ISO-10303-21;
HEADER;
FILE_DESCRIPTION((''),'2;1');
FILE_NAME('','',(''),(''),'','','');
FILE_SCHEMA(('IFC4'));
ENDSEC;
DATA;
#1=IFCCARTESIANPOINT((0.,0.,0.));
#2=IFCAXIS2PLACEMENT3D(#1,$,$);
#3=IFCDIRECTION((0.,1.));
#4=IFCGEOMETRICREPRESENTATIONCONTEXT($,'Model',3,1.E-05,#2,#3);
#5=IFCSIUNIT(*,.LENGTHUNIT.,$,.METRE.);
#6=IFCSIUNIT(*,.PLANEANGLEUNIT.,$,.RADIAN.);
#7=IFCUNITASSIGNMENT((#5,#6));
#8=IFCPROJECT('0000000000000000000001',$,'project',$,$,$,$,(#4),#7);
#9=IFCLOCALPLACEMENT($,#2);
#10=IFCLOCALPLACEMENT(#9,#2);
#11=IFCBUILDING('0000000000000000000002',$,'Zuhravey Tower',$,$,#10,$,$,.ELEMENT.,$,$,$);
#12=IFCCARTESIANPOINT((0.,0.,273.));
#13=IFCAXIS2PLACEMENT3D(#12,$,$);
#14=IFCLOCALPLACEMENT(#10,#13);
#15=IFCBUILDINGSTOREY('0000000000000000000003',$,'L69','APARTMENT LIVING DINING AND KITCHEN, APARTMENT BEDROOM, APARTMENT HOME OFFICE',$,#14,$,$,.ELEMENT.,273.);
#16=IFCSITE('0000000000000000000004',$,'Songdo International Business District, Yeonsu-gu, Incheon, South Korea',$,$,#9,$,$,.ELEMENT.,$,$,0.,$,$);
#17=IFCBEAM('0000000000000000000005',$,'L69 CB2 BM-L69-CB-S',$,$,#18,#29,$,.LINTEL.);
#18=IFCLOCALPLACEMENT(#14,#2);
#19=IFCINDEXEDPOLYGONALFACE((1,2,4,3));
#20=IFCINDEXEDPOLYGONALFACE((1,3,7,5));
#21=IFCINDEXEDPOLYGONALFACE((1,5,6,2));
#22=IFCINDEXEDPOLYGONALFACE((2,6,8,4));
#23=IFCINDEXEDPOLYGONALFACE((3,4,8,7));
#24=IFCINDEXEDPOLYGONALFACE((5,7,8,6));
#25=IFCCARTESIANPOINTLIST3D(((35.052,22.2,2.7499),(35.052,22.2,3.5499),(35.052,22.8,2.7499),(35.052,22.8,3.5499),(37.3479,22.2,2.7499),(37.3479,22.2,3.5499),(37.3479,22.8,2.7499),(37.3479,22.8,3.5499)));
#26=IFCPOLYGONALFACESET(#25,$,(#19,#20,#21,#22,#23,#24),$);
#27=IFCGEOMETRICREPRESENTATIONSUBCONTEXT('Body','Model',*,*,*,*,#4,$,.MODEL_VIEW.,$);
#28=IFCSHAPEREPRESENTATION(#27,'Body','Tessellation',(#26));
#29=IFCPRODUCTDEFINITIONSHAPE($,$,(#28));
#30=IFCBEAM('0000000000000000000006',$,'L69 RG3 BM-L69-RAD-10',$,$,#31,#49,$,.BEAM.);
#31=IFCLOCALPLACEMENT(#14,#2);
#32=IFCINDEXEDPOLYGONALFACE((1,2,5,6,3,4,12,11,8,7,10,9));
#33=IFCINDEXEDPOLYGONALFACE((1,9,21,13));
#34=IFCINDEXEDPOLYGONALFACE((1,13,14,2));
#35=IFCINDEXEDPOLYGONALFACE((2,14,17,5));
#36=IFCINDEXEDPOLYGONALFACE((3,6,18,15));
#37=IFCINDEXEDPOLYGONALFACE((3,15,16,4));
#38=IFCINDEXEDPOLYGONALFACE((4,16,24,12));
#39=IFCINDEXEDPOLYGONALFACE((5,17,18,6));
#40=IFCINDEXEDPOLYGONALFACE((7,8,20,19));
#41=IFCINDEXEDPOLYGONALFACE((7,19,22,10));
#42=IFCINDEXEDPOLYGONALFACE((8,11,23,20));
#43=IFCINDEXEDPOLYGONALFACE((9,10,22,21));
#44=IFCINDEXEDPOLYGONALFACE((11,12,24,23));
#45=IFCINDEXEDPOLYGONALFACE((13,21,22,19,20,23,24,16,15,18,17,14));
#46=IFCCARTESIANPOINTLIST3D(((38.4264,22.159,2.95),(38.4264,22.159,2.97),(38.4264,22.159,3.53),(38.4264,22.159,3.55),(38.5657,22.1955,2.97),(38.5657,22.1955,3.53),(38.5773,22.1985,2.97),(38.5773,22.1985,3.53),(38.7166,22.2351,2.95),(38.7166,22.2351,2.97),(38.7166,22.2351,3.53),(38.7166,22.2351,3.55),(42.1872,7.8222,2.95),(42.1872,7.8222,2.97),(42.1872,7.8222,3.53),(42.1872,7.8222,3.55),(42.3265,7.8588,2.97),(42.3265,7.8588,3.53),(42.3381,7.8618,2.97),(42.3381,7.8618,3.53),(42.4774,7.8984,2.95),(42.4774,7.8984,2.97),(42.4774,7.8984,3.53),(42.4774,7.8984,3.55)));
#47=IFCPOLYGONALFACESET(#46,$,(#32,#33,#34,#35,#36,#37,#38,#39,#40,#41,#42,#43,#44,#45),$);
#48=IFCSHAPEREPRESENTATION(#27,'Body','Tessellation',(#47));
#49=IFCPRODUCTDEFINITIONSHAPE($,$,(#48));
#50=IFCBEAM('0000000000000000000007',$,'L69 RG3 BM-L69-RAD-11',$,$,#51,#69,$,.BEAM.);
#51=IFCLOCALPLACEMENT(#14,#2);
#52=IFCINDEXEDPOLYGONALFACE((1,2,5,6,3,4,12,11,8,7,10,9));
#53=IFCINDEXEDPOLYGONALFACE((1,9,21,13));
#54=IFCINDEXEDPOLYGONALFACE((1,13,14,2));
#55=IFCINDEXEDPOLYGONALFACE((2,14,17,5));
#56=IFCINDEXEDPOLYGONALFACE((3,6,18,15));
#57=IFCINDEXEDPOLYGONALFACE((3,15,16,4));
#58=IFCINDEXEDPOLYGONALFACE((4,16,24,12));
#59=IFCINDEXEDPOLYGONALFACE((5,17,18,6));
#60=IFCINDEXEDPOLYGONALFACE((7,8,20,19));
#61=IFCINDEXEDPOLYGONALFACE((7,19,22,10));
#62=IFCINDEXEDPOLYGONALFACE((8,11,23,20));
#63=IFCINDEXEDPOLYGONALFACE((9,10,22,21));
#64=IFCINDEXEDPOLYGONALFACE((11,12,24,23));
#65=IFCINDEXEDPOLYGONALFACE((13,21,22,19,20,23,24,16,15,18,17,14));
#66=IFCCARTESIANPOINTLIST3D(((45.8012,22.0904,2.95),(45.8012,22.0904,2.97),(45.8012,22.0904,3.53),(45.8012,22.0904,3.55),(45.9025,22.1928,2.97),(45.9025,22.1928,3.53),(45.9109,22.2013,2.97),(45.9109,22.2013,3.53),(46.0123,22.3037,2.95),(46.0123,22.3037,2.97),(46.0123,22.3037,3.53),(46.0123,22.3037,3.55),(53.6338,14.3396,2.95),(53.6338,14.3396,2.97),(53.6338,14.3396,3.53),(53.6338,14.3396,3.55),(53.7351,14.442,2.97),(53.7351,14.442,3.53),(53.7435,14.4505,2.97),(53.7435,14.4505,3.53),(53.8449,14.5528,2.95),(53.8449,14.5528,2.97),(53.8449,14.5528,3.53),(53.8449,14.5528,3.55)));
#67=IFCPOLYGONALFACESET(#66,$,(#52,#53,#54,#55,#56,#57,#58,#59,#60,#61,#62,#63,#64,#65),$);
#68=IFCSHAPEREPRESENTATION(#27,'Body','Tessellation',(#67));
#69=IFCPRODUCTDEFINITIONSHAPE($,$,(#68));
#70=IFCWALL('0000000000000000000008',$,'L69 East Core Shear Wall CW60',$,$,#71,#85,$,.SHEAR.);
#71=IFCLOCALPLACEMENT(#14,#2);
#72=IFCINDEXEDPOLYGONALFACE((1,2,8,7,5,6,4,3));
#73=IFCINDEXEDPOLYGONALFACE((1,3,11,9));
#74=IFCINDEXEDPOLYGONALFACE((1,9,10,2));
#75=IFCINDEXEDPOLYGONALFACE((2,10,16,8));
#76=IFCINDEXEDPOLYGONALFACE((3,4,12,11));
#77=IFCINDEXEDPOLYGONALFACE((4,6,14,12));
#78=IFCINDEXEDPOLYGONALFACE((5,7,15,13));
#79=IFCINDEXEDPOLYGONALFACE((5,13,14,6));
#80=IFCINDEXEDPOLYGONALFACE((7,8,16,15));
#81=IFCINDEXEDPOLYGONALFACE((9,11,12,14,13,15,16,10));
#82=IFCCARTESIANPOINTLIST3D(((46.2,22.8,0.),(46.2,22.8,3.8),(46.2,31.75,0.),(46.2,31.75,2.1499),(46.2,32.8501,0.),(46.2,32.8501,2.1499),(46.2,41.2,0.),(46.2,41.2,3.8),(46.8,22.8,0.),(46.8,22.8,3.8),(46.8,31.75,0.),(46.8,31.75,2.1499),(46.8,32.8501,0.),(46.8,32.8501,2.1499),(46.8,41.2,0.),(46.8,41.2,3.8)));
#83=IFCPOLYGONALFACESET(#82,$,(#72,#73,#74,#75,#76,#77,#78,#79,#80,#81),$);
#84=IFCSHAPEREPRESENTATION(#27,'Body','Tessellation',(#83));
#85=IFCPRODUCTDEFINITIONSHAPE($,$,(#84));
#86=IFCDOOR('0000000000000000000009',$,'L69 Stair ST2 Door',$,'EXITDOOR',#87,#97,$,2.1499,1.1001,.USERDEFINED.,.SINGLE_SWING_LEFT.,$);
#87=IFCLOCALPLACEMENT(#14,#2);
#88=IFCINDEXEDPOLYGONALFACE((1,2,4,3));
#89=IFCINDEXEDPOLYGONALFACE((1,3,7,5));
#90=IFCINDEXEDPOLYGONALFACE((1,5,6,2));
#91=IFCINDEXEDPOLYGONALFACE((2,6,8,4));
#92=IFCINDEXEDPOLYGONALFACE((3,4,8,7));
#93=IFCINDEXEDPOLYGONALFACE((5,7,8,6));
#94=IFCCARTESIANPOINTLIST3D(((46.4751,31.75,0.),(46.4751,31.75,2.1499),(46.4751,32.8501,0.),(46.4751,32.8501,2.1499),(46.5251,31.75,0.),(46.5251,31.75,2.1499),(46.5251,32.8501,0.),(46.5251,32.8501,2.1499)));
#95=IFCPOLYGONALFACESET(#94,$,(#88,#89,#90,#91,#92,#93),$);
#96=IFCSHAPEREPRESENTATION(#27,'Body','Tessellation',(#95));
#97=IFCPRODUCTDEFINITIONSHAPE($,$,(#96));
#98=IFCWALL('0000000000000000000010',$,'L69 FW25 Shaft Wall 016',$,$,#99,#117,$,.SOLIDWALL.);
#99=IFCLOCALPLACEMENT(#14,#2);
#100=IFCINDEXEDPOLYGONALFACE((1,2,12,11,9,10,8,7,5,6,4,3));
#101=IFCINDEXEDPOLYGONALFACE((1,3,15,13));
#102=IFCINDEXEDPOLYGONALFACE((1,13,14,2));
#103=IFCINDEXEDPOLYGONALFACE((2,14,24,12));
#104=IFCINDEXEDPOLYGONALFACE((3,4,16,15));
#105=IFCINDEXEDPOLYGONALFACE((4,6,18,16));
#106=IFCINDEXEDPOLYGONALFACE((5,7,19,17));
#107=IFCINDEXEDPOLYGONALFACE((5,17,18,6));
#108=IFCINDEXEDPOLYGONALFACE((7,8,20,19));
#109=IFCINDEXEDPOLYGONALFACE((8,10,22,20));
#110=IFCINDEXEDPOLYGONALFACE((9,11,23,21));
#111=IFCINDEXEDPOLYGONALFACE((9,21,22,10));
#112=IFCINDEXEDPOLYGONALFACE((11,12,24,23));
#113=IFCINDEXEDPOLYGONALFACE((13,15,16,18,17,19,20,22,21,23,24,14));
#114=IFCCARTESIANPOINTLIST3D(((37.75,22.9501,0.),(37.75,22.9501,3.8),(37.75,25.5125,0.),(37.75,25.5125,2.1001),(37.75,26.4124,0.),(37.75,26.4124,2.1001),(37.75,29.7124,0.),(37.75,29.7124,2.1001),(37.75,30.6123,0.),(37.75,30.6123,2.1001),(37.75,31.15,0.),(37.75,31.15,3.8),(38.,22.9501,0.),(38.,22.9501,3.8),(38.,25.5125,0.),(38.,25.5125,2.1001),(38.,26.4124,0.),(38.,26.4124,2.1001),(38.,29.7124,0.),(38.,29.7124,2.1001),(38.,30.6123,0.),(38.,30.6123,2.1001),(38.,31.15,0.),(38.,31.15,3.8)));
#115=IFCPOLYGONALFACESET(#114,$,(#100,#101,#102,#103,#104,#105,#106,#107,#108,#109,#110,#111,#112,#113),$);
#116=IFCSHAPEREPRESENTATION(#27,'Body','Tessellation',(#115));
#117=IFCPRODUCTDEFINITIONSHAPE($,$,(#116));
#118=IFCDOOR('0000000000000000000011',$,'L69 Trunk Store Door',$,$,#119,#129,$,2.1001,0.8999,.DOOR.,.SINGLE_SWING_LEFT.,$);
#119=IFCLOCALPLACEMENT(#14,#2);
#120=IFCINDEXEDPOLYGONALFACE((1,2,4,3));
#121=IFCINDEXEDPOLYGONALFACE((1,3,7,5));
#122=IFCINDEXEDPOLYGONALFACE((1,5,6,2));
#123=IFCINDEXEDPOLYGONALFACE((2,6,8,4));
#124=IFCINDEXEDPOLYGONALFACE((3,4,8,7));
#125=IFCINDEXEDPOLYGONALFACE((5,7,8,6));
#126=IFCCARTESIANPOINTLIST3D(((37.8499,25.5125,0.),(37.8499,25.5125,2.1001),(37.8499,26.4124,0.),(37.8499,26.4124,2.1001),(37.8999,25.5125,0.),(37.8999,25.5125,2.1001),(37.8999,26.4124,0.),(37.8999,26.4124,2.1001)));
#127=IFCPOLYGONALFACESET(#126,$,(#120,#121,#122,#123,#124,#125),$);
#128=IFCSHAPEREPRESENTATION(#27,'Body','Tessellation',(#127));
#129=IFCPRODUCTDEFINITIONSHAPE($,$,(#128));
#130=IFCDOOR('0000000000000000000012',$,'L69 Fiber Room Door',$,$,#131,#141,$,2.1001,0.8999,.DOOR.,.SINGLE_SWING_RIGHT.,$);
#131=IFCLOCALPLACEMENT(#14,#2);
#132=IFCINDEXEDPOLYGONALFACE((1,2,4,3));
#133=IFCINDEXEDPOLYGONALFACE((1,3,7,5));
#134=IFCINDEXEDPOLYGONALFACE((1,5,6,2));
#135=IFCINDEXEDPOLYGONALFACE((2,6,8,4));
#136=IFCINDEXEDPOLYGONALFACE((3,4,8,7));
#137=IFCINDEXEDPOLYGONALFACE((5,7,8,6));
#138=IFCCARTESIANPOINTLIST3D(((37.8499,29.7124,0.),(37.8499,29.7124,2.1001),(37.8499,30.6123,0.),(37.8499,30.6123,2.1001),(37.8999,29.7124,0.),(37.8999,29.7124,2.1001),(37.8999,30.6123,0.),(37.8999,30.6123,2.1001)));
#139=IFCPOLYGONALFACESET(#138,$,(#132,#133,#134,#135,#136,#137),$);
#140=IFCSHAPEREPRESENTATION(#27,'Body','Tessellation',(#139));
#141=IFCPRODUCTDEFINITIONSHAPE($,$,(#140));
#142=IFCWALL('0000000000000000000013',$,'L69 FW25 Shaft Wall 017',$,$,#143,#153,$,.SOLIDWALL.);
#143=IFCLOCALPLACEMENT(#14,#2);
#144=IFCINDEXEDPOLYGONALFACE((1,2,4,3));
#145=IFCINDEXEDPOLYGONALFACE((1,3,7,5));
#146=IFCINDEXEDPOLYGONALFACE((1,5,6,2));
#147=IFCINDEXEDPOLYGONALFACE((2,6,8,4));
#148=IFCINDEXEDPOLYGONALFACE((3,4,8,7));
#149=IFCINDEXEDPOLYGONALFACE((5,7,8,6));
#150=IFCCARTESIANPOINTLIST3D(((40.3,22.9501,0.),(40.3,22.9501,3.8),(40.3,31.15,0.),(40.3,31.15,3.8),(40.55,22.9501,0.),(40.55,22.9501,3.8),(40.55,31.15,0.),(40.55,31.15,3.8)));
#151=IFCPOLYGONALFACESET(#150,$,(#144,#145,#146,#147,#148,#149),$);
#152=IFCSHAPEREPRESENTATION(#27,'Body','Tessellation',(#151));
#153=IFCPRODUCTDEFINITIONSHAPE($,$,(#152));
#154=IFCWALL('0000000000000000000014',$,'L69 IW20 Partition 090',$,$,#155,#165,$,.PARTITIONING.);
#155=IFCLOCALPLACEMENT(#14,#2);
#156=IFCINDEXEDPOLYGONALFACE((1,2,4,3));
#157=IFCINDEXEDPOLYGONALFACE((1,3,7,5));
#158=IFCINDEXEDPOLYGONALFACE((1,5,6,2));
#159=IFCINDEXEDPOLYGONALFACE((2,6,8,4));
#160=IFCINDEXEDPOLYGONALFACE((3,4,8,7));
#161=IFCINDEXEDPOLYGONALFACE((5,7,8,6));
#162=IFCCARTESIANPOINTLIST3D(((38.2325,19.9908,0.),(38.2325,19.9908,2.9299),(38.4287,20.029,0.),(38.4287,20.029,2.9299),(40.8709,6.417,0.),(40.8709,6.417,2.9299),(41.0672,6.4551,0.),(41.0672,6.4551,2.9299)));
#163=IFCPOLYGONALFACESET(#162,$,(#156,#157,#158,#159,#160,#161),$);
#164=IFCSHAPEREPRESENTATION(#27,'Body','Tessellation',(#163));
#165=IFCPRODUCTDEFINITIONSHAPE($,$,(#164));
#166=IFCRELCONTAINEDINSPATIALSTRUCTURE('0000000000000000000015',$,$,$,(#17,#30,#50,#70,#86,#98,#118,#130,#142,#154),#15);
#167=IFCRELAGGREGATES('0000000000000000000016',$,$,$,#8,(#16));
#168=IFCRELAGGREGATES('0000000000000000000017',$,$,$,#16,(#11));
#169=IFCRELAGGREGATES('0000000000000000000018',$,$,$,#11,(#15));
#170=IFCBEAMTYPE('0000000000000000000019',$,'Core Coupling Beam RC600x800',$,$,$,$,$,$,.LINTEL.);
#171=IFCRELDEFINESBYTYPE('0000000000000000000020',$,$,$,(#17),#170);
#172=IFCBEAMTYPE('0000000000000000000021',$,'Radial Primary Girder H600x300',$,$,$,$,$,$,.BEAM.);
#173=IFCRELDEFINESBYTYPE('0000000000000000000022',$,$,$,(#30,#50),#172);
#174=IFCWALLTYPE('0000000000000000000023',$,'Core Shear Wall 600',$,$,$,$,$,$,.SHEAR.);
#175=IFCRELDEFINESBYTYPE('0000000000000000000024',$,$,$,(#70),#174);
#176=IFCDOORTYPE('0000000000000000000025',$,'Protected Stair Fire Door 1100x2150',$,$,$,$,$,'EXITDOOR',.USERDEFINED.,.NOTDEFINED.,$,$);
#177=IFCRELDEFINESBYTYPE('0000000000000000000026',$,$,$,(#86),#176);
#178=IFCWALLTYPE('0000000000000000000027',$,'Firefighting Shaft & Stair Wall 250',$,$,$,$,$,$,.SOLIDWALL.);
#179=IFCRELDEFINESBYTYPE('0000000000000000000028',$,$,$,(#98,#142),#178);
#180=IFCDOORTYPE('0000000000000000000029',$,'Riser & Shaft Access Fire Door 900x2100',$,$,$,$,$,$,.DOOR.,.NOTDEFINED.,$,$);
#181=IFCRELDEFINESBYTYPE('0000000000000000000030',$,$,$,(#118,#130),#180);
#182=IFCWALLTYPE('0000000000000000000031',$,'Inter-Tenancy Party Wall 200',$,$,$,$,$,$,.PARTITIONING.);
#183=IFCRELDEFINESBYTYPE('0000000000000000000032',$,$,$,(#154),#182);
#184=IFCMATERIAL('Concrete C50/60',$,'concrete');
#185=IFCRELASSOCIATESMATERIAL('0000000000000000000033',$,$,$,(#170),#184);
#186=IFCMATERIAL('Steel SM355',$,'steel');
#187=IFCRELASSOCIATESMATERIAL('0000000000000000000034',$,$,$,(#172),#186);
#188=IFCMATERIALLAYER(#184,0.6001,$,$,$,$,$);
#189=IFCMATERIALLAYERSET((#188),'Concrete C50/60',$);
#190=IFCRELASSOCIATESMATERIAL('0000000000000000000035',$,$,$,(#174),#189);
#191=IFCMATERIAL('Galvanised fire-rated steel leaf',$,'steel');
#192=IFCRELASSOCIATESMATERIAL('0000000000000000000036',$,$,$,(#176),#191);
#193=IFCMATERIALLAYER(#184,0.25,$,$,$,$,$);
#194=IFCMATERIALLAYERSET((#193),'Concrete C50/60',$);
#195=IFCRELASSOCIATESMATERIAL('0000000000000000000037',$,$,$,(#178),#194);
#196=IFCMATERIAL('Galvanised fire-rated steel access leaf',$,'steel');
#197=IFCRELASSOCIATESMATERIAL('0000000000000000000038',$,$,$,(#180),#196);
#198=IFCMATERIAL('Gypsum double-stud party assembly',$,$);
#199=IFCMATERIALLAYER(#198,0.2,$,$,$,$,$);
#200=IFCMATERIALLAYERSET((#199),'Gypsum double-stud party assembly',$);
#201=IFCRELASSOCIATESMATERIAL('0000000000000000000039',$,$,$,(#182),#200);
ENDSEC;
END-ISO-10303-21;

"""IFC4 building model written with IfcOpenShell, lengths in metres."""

from ifc_helpers import new_model, si_unit, direction, frame, frame_2d, origin, origin_2d, place, context, subcontext, project, spatial, rectangle, i_section, extrude, material, layer, layer_set, material_profile, profile_set, type_object, element, fill, save


model = new_model("IFC4")

# Units and contexts
model_context = context("Model", 3, precision=1e-05, world=origin(), true_north=direction((0.0, 1.0)))
body_context = subcontext(model_context, "Body", "Model", "MODEL_VIEW")
ifc_project = project(units=[si_unit("LENGTHUNIT", "METRE"), si_unit("PLANEANGLEUNIT", "RADIAN")], contexts=[model_context])

# Site, building, storey
site_placement = place(None, origin())
site = spatial("IfcSite", under=ifc_project, at=site_placement, Name="Songdo International Business District, Yeonsu-gu, Incheon, South Korea", CompositionType="ELEMENT", RefElevation=0.0)
building_placement = place(site_placement, origin())
building = spatial("IfcBuilding", under=site, at=building_placement, Name="Zuhravey Tower", CompositionType="ELEMENT")
storey_placement = place(building_placement, frame((0.0, 0.0, 273.0)))
storey = spatial("IfcBuildingStorey", under=building, at=storey_placement, Name="L69", Description="APARTMENT LIVING DINING AND KITCHEN, APARTMENT BEDROOM, APARTMENT HOME OFFICE", CompositionType="ELEMENT", Elevation=273.0)

# Beams
ifc_material_1 = material(Name="Concrete C50/60", Category="concrete")
ifc_material_profile_1 = material_profile(ifc_material_1, rectangle(XDim=0.6001, YDim=0.8, at=origin_2d()), Name="RC-600x800")
ifc_profile_set_1 = profile_set([ifc_material_profile_1], Name="Concrete C50/60")
beam_type_1 = type_object("IfcBeamType", Name="Core Coupling Beam RC600x800", PredefinedType="LINTEL", material=ifc_profile_set_1)
beam_1_placement = place(storey_placement, frame((35.052, 22.5, 3.1499), z_axis=(1.0, 0.0, 0.0), x_axis=(0.0, 1.0, 0.0)))
element("IfcBeam", 1, at=beam_1_placement, inside=storey, type_object=beam_type_1, Name="L69 CB2 BM-L69-CB-S", PredefinedType="LINTEL", context=body_context, shape_type="SweptSolid", body=[
    extrude(rectangle(XDim=0.6001, YDim=0.8, at=origin_2d()), origin(), (0.0, 0.0, 1.0), 2.2959),
])
ifc_material_2 = material(Name="Steel SM355", Category="steel")
ifc_material_profile_2 = material_profile(ifc_material_2, i_section(OverallWidth=0.3, OverallDepth=0.6001, WebThickness=0.012, FlangeThickness=0.02, at=origin_2d()), Name="H-600x300x12x20")
ifc_profile_set_2 = profile_set([ifc_material_profile_2], Name="Steel SM355")
beam_type_2 = type_object("IfcBeamType", Name="Radial Primary Girder H600x300", PredefinedType="BEAM", material=ifc_profile_set_2)
beam_2_placement = place(storey_placement, frame((38.5715, 22.197, 3.25), z_axis=(0.253732, -0.967275, 0.0), x_axis=(0.967275, 0.253732, 0.0)))
element("IfcBeam", 2, at=beam_2_placement, inside=storey, type_object=beam_type_2, Name="L69 RG3 BM-L69-RAD-10", PredefinedType="BEAM", context=body_context, shape_type="SweptSolid", body=[
    extrude(i_section(OverallWidth=0.3, OverallDepth=0.6001, WebThickness=0.012, FlangeThickness=0.02, at=origin_2d()), origin(), (0.0, 0.0, 1.0), 14.8218),
])
beam_3_placement = place(storey_placement, frame((45.9067, 22.197, 3.25), z_axis=(0.710808, -0.703386, 0.0), x_axis=(0.703386, 0.710808, 0.0)))
element("IfcBeam", 3, at=beam_3_placement, inside=storey, type_object=beam_type_2, Name="L69 RG3 BM-L69-RAD-11", PredefinedType="BEAM", context=body_context, shape_type="SweptSolid", body=[
    extrude(i_section(OverallWidth=0.3, OverallDepth=0.6001, WebThickness=0.012, FlangeThickness=0.02, at=origin_2d()), origin(), (0.0, 0.0, 1.0), 11.0193),
])

# Wall, opening, door
ifc_layer_1 = layer(ifc_material_1, 0.6001)
ifc_layer_set_1 = layer_set([ifc_layer_1], Name="Concrete C50/60")
wall_type_1 = type_object("IfcWallType", Name="Core Shear Wall 600", PredefinedType="SHEAR", material=ifc_layer_set_1)
ifc_material_3 = material(Name="Galvanised fire-rated steel leaf", Category="steel")
wall_1_placement = place(storey_placement, frame((46.5, 22.8, 0.0), z_axis=(0.0, 0.0, 1.0), x_axis=(0.0, 1.0, 0.0)))
wall_1 = element("IfcWall", 4, at=wall_1_placement, inside=storey, type_object=wall_type_1, Name="L69 East Core Shear Wall CW60", PredefinedType="SHEAR", context=body_context, shape_type="SweptSolid", body=[
    extrude(rectangle(XDim=18.3999, YDim=0.6001, at=frame_2d((9.2, 0.0))), origin(), (0.0, 0.0, 1.0), 3.8),
])
opening_1_placement = place(wall_1_placement, frame((8.95, 0.0, 0.0)))
opening_1 = element("IfcOpeningElement", 5, at=opening_1_placement, cuts=wall_1, PredefinedType="OPENING", context=body_context, shape_type="SweptSolid", body=[
    extrude(rectangle(XDim=1.1001, YDim=2.1499, at=frame_2d((0.55, 1.075))), frame((0.0, 0.312, 0.0), z_axis=(0.0, -1.0, 0.0), x_axis=(1.0, 0.0, 0.0)), (0.0, 0.0, 1.0), 0.624),
])
door_type_1 = type_object("IfcDoorType", Name="Protected Stair Fire Door 1100x2150", ElementType="EXITDOOR", OperationType="NOTDEFINED", PredefinedType="USERDEFINED", material=ifc_material_3)
door_1_placement = place(opening_1_placement, origin())
door_1 = element("IfcDoor", 6, at=door_1_placement, inside=storey, type_object=door_type_1, Name="L69 Stair ST2 Door", ObjectType="EXITDOOR", OperationType="SINGLE_SWING_LEFT", OverallHeight=2.1499, OverallWidth=1.1001, PredefinedType="USERDEFINED", context=body_context, shape_type="SweptSolid", body=[
    extrude(rectangle(XDim=1.1001, YDim=2.1499, at=frame_2d((0.55, 1.075))), frame((0.0, 0.0249, 0.0), z_axis=(0.0, -1.0, 0.0), x_axis=(1.0, 0.0, 0.0)), (0.0, 0.0, 1.0), 0.05),
])
fill(opening_1, door_1)
ifc_layer_2 = layer(ifc_material_1, 0.25)
ifc_layer_set_2 = layer_set([ifc_layer_2], Name="Concrete C50/60")
wall_type_2 = type_object("IfcWallType", Name="Firefighting Shaft & Stair Wall 250", PredefinedType="SOLIDWALL", material=ifc_layer_set_2)

# Wall, openings, doors
wall_2_placement = place(storey_placement, frame((37.875, 22.95, 0.0), z_axis=(0.0, 0.0, 1.0), x_axis=(0.0, 1.0, 0.0)))
wall_2 = element("IfcWall", 7, at=wall_2_placement, inside=storey, type_object=wall_type_2, Name="L69 FW25 Shaft Wall 016", PredefinedType="SOLIDWALL", context=body_context, shape_type="SweptSolid", body=[
    extrude(rectangle(XDim=8.2, YDim=0.25, at=frame_2d((4.1001, 0.0))), origin(), (0.0, 0.0, 1.0), 3.8),
])
opening_2_placement = place(wall_2_placement, frame((2.5625, 0.0, 0.0)))
opening_2 = element("IfcOpeningElement", 8, at=opening_2_placement, cuts=wall_2, PredefinedType="OPENING", context=body_context, shape_type="SweptSolid", body=[
    extrude(rectangle(XDim=0.8999, YDim=2.1001, at=frame_2d((0.45, 1.05))), frame((0.0, 0.137, 0.0), z_axis=(0.0, -1.0, 0.0), x_axis=(1.0, 0.0, 0.0)), (0.0, 0.0, 1.0), 0.2739),
])
opening_3_placement = place(wall_2_placement, frame((6.7625, 0.0, 0.0)))
opening_3 = element("IfcOpeningElement", 9, at=opening_3_placement, cuts=wall_2, PredefinedType="OPENING", context=body_context, shape_type="SweptSolid", body=[
    extrude(rectangle(XDim=0.8999, YDim=2.1001, at=frame_2d((0.45, 1.05))), frame((0.0, 0.137, 0.0), z_axis=(0.0, -1.0, 0.0), x_axis=(1.0, 0.0, 0.0)), (0.0, 0.0, 1.0), 0.2739),
])
ifc_material_4 = material(Name="Galvanised fire-rated steel access leaf", Category="steel")
door_type_2 = type_object("IfcDoorType", Name="Riser & Shaft Access Fire Door 900x2100", OperationType="NOTDEFINED", PredefinedType="DOOR", material=ifc_material_4)
door_2_placement = place(opening_2_placement, frame((0.8999, 0.0, 0.0), z_axis=(0.0, 0.0, 1.0), x_axis=(-1.0, 0.0, 0.0)))
door_2 = element("IfcDoor", 10, at=door_2_placement, inside=storey, type_object=door_type_2, Name="L69 Trunk Store Door", OperationType="SINGLE_SWING_LEFT", OverallHeight=2.1001, OverallWidth=0.8999, PredefinedType="DOOR", context=body_context, shape_type="SweptSolid", body=[
    extrude(rectangle(XDim=0.8999, YDim=2.1001, at=frame_2d((0.45, 1.05))), frame((0.0, 0.0249, 0.0), z_axis=(0.0, -1.0, 0.0), x_axis=(1.0, 0.0, 0.0)), (0.0, 0.0, 1.0), 0.05),
])
fill(opening_2, door_2)
door_3_placement = place(opening_3_placement, frame((0.8999, 0.0, 0.0), z_axis=(0.0, 0.0, 1.0), x_axis=(-1.0, 0.0, 0.0)))
door_3 = element("IfcDoor", 11, at=door_3_placement, inside=storey, type_object=door_type_2, Name="L69 Fiber Room Door", OperationType="SINGLE_SWING_RIGHT", OverallHeight=2.1001, OverallWidth=0.8999, PredefinedType="DOOR", context=body_context, shape_type="SweptSolid", body=[
    extrude(rectangle(XDim=0.8999, YDim=2.1001, at=frame_2d((0.45, 1.05))), frame((0.0, 0.0249, 0.0), z_axis=(0.0, -1.0, 0.0), x_axis=(1.0, 0.0, 0.0)), (0.0, 0.0, 1.0), 0.05),
])
fill(opening_3, door_3)

# Walls
wall_3_placement = place(storey_placement, frame((40.425, 22.95, 0.0), z_axis=(0.0, 0.0, 1.0), x_axis=(0.0, 1.0, 0.0)))
element("IfcWall", 12, at=wall_3_placement, inside=storey, type_object=wall_type_2, Name="L69 FW25 Shaft Wall 017", PredefinedType="SOLIDWALL", context=body_context, shape_type="SweptSolid", body=[
    extrude(rectangle(XDim=8.2, YDim=0.25, at=frame_2d((4.1001, 0.0))), origin(), (0.0, 0.0, 1.0), 3.8),
])
ifc_material_5 = material(Name="Gypsum double-stud party assembly")
ifc_layer_3 = layer(ifc_material_5, 0.2)
ifc_layer_set_3 = layer_set([ifc_layer_3], Name="Gypsum double-stud party assembly")
wall_type_3 = type_object("IfcWallType", Name="Inter-Tenancy Party Wall 200", PredefinedType="PARTITIONING", material=ifc_layer_set_3)
wall_4_placement = place(storey_placement, frame((38.3306, 20.01, 0.0), z_axis=(0.0, 0.0, 1.0), x_axis=(0.190806, -0.981628, 0.0)))
element("IfcWall", 13, at=wall_4_placement, inside=storey, type_object=wall_type_3, Name="L69 IW20 Partition 090", PredefinedType="PARTITIONING", context=body_context, shape_type="SweptSolid", body=[
    extrude(rectangle(XDim=13.8279, YDim=0.2, at=frame_2d((6.9141, 0.0))), origin(), (0.0, 0.0, 1.0), 2.9299),
])

save(model, "model.ifc")
